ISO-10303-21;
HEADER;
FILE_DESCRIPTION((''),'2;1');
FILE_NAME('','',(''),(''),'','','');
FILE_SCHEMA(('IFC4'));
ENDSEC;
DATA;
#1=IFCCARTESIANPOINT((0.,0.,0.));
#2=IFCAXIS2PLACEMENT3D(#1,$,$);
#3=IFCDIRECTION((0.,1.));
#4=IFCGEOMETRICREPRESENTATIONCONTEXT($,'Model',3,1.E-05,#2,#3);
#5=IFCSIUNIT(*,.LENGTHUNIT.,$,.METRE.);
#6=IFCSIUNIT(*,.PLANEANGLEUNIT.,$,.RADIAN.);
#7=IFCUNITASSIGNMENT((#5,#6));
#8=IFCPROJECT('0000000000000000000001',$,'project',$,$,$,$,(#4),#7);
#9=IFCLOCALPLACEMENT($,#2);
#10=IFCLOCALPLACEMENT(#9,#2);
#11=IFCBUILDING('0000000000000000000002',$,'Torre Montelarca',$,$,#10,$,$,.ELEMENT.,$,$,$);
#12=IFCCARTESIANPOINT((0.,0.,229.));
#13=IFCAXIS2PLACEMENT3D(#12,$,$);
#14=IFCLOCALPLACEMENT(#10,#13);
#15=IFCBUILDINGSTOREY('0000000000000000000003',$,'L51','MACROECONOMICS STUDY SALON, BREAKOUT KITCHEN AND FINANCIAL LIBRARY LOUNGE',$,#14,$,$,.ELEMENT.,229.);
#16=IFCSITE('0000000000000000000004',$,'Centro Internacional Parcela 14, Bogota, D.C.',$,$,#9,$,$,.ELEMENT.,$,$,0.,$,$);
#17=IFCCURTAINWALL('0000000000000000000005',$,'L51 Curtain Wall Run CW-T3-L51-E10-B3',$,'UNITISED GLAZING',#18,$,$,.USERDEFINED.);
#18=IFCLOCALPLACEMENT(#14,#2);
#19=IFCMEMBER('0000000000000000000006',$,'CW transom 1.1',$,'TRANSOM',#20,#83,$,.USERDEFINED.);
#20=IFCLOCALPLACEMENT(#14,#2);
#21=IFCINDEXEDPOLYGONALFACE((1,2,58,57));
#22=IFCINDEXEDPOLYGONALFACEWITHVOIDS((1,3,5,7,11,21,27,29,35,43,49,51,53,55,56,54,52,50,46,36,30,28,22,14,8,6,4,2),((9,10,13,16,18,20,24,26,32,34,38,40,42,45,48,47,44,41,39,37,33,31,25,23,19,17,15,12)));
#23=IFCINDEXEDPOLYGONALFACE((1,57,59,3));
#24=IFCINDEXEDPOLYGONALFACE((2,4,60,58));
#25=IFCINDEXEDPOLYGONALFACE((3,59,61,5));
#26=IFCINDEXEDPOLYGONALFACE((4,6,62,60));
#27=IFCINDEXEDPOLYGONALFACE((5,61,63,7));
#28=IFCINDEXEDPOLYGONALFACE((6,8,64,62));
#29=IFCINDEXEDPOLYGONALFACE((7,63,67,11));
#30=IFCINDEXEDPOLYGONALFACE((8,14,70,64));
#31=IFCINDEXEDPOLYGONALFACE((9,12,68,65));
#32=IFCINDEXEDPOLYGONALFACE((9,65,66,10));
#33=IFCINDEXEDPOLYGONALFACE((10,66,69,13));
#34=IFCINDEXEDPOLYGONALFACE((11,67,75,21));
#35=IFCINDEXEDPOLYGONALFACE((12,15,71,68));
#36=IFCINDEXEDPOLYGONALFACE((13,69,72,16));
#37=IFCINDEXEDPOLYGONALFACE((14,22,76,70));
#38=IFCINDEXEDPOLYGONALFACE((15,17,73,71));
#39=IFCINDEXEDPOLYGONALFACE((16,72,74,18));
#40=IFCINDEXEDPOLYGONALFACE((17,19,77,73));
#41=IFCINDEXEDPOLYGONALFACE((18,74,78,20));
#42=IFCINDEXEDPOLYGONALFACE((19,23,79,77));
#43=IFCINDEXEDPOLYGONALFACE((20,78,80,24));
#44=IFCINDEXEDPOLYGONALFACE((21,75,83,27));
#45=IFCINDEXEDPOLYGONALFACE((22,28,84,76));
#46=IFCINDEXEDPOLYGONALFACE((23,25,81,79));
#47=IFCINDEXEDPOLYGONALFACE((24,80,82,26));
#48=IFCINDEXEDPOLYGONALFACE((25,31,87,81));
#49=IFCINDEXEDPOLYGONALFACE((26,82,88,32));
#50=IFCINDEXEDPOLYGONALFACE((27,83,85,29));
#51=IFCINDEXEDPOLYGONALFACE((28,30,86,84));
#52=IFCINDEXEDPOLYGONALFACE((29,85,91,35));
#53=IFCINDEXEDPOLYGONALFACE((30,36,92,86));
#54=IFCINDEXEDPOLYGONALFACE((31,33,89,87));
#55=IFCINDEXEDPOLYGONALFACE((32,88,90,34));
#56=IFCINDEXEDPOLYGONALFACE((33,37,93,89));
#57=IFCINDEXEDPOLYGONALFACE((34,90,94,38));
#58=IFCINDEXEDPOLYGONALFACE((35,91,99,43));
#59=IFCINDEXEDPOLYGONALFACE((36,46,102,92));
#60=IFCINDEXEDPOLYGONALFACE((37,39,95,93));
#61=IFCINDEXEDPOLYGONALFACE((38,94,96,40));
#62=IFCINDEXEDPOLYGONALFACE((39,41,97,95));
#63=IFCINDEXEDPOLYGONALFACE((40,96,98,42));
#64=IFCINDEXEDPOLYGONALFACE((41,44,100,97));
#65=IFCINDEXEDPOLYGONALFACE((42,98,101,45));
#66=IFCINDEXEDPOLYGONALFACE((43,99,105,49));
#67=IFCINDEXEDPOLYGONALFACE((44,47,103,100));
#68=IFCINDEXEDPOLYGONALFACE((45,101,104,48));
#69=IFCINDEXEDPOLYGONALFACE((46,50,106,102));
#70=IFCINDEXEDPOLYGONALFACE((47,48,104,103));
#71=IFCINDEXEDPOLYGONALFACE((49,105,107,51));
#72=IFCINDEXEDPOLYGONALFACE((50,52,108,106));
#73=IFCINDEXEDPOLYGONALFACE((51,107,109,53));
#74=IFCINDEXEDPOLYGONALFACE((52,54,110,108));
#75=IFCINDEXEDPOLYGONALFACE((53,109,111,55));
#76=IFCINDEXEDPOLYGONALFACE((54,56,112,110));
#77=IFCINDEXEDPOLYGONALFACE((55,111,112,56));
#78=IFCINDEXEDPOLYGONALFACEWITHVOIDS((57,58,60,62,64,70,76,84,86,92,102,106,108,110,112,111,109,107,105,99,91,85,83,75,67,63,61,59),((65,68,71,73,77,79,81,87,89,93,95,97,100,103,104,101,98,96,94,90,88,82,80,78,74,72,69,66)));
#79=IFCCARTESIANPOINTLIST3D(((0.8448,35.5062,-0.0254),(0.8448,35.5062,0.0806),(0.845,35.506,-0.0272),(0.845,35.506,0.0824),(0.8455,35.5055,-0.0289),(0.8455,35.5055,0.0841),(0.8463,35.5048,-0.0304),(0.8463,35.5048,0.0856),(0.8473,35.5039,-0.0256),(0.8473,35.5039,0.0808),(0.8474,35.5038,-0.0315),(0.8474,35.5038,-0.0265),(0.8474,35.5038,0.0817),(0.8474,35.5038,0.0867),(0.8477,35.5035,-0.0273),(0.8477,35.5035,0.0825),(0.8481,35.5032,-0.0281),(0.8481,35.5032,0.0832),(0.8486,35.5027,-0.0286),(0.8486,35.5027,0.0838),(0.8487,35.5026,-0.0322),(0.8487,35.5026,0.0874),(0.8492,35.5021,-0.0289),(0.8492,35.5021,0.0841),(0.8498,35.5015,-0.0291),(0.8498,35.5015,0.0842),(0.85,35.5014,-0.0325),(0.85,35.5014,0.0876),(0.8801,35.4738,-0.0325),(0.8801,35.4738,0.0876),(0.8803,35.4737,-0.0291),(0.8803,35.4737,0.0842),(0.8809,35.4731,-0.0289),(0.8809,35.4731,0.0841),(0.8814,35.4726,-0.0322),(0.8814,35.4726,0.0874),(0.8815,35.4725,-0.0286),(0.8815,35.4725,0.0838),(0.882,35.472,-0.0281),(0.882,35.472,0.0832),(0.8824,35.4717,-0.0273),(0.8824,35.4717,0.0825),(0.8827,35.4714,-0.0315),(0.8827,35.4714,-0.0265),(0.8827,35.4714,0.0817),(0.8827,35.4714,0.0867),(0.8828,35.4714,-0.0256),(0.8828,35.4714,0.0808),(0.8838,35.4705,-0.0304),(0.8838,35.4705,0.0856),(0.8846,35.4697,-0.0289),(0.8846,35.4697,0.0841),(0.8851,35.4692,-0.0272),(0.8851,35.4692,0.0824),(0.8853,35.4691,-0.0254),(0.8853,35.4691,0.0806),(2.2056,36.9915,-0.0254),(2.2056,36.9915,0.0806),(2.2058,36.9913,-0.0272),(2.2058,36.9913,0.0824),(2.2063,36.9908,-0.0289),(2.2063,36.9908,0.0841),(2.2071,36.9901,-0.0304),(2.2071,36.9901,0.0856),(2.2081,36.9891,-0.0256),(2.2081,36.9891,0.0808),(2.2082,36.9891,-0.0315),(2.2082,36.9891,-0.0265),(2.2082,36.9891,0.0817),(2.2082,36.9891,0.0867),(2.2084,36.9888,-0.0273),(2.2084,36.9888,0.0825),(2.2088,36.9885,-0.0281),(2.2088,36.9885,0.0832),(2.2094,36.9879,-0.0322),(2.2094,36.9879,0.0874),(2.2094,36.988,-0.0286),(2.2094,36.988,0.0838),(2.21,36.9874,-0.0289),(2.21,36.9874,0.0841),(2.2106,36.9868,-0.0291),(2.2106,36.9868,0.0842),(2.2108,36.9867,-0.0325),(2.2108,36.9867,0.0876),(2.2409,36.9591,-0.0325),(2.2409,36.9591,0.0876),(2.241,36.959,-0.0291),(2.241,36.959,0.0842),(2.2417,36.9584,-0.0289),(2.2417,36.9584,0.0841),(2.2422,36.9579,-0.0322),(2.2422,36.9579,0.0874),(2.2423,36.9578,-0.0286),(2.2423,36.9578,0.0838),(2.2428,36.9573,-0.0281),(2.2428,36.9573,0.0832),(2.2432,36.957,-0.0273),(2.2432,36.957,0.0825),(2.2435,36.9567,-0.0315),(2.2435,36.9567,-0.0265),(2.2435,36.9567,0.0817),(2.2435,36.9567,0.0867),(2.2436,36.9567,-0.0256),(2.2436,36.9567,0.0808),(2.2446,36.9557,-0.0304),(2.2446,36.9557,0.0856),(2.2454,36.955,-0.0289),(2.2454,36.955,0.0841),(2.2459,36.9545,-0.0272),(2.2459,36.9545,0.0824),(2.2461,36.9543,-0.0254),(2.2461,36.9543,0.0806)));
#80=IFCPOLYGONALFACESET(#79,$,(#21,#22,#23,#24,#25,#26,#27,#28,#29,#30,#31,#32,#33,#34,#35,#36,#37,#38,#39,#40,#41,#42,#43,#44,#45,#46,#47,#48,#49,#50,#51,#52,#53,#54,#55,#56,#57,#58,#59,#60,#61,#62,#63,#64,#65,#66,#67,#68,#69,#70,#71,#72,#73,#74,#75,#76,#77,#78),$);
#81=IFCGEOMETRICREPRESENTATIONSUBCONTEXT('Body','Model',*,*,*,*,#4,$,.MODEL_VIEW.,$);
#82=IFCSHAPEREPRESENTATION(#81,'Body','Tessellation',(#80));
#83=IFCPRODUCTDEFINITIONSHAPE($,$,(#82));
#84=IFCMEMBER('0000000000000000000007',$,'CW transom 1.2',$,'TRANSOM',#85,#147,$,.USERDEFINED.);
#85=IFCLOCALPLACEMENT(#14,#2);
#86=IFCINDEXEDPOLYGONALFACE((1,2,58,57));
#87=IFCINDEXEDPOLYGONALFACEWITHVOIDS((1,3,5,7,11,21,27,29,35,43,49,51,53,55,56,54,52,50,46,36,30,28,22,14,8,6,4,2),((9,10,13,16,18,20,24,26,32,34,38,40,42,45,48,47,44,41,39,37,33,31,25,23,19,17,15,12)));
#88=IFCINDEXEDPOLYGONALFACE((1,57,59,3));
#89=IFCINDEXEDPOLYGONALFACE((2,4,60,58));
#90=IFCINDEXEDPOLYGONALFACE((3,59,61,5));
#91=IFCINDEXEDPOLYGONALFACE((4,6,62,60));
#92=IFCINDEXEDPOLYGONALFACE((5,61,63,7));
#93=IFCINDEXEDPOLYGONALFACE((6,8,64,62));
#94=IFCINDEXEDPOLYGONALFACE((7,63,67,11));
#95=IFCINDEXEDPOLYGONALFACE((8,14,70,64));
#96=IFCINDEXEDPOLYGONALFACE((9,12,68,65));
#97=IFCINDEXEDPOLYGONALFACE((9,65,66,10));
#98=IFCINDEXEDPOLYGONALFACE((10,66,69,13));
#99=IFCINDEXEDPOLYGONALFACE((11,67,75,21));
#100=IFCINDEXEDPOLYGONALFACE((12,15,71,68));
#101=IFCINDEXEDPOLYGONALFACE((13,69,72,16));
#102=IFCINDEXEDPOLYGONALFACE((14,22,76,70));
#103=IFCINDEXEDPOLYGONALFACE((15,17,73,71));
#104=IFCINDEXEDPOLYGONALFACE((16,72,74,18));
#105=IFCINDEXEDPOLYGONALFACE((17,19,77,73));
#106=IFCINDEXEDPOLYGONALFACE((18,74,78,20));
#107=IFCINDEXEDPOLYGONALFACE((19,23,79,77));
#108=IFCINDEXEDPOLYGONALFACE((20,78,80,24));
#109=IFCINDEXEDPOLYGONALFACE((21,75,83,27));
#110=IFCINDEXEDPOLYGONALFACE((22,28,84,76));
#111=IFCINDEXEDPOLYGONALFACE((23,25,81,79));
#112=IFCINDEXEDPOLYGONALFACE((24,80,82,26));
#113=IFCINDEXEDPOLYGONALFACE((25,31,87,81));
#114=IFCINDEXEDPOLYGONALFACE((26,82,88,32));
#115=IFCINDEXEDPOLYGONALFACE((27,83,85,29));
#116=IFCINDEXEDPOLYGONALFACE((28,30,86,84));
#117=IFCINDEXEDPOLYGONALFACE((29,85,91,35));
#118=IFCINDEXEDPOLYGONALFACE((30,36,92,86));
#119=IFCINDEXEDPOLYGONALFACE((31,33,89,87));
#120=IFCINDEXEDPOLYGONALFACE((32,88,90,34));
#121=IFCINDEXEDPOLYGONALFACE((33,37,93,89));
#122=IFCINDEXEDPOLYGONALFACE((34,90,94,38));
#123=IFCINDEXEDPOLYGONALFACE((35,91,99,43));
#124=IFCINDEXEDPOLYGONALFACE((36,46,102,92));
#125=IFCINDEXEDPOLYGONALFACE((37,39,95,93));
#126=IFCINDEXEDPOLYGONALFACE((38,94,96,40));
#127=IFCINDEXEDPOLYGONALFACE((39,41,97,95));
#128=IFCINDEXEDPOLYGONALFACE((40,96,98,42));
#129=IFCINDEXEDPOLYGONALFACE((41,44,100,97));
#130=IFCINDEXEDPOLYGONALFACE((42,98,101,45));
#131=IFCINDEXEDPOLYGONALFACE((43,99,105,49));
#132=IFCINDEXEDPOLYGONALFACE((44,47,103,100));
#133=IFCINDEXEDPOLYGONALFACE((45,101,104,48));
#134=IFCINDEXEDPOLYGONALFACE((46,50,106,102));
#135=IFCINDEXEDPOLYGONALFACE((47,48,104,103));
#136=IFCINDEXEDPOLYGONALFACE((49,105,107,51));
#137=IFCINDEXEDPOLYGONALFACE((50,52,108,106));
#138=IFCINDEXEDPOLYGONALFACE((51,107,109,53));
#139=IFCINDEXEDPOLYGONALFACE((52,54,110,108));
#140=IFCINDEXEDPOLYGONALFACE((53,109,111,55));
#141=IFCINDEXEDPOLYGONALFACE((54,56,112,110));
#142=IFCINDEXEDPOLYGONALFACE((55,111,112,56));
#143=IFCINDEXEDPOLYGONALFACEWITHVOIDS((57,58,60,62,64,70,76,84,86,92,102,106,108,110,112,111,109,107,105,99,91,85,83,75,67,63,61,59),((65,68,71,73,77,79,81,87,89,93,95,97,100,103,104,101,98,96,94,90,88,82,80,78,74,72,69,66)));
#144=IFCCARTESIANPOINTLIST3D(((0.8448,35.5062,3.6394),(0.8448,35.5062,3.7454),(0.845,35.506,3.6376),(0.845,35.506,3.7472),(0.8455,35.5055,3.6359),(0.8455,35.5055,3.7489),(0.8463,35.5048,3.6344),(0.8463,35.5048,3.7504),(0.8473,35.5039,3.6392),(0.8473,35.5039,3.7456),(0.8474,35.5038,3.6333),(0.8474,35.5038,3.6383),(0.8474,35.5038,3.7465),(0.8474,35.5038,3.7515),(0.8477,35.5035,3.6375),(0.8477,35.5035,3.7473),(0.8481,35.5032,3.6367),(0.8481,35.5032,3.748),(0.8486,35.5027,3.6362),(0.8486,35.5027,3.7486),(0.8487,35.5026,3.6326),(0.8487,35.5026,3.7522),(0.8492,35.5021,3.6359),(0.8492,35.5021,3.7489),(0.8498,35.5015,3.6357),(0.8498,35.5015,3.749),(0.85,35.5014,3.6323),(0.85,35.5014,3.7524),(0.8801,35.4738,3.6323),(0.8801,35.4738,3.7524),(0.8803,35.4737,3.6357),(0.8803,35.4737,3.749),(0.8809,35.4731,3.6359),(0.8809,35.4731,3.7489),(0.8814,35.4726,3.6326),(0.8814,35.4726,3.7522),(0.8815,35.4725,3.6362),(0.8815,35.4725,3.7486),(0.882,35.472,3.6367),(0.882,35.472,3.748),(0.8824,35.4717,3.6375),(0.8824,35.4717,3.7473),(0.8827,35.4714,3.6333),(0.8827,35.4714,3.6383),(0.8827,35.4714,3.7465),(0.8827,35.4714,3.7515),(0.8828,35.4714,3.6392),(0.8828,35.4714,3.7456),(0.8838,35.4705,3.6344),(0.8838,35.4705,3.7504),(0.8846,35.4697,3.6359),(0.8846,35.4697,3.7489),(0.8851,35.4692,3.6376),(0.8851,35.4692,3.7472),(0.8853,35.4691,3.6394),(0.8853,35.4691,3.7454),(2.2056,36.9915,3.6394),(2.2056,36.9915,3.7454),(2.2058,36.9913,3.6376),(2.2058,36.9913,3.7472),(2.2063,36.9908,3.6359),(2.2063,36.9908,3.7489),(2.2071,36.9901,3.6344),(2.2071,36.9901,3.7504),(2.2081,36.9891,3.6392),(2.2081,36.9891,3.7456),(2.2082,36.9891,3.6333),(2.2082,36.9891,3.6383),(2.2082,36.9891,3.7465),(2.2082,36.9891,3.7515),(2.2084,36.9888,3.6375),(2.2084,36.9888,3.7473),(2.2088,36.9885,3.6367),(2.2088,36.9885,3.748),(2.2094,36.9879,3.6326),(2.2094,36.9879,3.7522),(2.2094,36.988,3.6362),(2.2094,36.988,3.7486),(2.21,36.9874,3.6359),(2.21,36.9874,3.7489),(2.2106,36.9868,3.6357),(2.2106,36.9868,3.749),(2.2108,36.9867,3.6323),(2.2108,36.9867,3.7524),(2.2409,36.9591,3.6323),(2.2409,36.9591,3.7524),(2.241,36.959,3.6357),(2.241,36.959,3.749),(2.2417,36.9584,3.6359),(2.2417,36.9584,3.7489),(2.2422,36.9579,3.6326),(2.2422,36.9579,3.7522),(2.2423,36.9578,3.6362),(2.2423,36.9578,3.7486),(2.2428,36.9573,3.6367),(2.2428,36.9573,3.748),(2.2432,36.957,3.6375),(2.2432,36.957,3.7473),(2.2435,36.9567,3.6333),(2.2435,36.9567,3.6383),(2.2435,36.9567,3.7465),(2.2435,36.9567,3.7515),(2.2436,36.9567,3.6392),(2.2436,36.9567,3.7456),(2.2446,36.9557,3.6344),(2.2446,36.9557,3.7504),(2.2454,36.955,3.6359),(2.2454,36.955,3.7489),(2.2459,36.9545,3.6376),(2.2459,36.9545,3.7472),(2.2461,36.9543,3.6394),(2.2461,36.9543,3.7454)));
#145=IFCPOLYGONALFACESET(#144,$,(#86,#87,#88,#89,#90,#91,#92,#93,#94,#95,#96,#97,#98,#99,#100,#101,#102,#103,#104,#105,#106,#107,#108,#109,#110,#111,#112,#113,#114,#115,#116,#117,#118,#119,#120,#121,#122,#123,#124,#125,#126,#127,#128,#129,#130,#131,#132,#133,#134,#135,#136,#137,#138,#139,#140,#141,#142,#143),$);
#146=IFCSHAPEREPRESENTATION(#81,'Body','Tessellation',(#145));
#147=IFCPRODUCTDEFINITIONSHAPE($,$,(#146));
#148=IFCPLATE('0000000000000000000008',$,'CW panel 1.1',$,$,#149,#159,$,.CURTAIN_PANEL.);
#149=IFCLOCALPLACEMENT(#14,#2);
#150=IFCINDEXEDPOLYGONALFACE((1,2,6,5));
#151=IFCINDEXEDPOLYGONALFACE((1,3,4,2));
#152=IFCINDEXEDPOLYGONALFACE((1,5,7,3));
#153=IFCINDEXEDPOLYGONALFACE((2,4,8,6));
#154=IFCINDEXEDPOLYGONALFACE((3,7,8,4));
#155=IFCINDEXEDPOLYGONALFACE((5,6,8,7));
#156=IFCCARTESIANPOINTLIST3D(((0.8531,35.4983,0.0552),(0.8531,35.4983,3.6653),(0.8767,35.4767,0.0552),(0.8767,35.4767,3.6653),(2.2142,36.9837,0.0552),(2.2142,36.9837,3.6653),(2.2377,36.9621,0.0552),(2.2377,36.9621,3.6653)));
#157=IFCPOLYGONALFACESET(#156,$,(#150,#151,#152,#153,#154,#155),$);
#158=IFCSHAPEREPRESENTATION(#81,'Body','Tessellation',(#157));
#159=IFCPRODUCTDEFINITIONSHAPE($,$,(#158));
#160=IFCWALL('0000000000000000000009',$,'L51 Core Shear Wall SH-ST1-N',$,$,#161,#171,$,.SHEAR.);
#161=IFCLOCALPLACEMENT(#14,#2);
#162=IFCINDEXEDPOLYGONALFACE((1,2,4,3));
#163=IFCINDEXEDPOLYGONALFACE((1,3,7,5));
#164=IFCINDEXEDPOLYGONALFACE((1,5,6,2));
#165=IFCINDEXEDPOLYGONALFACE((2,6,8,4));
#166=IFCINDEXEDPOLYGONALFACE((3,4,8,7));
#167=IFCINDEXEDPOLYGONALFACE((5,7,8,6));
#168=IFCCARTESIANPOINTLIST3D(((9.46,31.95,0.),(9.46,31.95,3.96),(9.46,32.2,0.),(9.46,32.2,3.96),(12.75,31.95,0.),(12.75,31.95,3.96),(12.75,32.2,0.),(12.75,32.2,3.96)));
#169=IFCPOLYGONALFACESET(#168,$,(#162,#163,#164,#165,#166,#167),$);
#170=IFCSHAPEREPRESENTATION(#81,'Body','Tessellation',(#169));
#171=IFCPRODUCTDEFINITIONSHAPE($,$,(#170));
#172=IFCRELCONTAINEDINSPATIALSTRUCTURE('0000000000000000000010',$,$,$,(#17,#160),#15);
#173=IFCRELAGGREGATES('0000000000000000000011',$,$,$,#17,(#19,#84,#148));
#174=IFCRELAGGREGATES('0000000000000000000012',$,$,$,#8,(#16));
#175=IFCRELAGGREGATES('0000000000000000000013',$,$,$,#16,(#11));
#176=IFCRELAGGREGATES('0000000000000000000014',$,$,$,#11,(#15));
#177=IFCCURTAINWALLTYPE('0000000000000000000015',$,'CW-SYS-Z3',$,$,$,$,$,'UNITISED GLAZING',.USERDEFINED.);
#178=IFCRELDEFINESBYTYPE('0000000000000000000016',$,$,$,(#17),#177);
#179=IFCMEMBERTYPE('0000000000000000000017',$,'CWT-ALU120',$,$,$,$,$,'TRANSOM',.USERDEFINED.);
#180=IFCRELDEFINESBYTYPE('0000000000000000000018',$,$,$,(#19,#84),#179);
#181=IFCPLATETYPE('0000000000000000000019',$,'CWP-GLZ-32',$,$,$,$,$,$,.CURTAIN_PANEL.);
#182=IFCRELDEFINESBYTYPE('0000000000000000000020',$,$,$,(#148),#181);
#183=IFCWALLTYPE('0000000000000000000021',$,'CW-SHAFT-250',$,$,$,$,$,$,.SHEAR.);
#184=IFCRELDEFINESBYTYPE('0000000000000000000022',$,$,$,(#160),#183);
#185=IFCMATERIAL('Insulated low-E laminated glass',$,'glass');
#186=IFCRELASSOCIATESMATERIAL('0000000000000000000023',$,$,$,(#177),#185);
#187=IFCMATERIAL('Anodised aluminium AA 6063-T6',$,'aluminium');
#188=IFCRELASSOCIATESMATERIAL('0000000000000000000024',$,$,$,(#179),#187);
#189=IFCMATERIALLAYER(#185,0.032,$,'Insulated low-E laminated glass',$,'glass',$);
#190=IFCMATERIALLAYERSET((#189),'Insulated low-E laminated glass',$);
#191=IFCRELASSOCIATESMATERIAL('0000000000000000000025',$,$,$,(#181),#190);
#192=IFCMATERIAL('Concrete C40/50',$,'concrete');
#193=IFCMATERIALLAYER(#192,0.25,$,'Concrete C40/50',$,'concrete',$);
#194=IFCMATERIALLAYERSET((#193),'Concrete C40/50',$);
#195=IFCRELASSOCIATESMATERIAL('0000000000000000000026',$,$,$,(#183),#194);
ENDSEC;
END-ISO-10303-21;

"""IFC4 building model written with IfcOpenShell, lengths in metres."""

from ifc_helpers import new_model, si_unit, direction, frame, frame_2d, origin, origin_2d, place, context, subcontext, project, spatial, rectangle, hollow_rectangle, extrude, source, transform, mapped, material, layer, layer_set, material_profile, profile_set, type_object, element, aggregate, save


model = new_model("IFC4")

# Units and contexts
model_context = context("Model", 3, precision=1e-05, world=origin(), true_north=direction((0.0, 1.0)))
body_context = subcontext(model_context, "Body", "Model", "MODEL_VIEW")
ifc_project = project(units=[si_unit("LENGTHUNIT", "METRE"), si_unit("PLANEANGLEUNIT", "RADIAN")], contexts=[model_context])

# Site, building, storey
site_placement = place(None, origin())
site = spatial("IfcSite", under=ifc_project, at=site_placement, Name="Centro Internacional Parcela 14, Bogota, D.C.", CompositionType="ELEMENT", RefElevation=0.0)
building_placement = place(site_placement, origin())
building = spatial("IfcBuilding", under=site, at=building_placement, Name="Torre Montelarca", CompositionType="ELEMENT")
storey_placement = place(building_placement, frame((0.0, 0.0, 229.0)))
storey = spatial("IfcBuildingStorey", under=building, at=storey_placement, Name="L51", Description="MACROECONOMICS STUDY SALON, BREAKOUT KITCHEN AND FINANCIAL LIBRARY LOUNGE", CompositionType="ELEMENT", Elevation=229.0)

# Curtain wall, members, plate
ifc_material_1 = material(Name="Insulated low-E laminated glass", Category="glass")
curtain_wall_type = type_object("IfcCurtainWallType", Name="CW-SYS-Z3", ElementType="UNITISED GLAZING", PredefinedType="USERDEFINED", material=ifc_material_1)
curtain_wall_placement = place(storey_placement, origin())
curtain_wall = element("IfcCurtainWall", 1, at=curtain_wall_placement, inside=storey, type_object=curtain_wall_type, Name="L51 Curtain Wall Run CW-T3-L51-E10-B3", ObjectType="UNITISED GLAZING", PredefinedType="USERDEFINED")
ifc_material_2 = material(Name="Anodised aluminium AA 6063-T6", Category="aluminium")
ifc_material_profile_1 = material_profile(ifc_material_2, hollow_rectangle(XDim=0.0549, YDim=0.1201, WallThickness=0.0034, InnerFilletRadius=0.0034, OuterFilletRadius=0.0071, at=origin_2d()), Name="ALU55X120X3.5", Category="aluminium")
ifc_profile_set_1 = profile_set([ifc_material_profile_1], Name="Anodised aluminium AA 6063-T6")
member_type_1 = type_object("IfcMemberType", Name="CWT-ALU120", ElementType="TRANSOM", PredefinedType="USERDEFINED", material=ifc_profile_set_1)
shared_shape_1 = source(origin(), body_context, "Body", "SweptSolid", [
    extrude(hollow_rectangle(XDim=0.0549, YDim=0.1201, WallThickness=0.0034, InnerFilletRadius=0.0034, OuterFilletRadius=0.0071, at=origin_2d()), origin(), (0.0, 0.0, 1.0), 2.0144),
])
member_1_placement = place(storey_placement, frame((2.2258, 36.9729, 0.0276), z_axis=(-0.675527, -0.737335, 0.0), x_axis=(0.737335, -0.675527, 0.0)))
member_1 = element("IfcMember", 2, at=member_1_placement, type_object=member_type_1, Name="CW transom 1.1", ObjectType="TRANSOM", PredefinedType="USERDEFINED", context=body_context, shape_type="MappedRepresentation", body=[
    mapped(shared_shape_1, transform((0.0, 0.0, 0.0), scale=1.0)),
])
member_2_placement = place(storey_placement, frame((2.2258, 36.9729, 3.6924), z_axis=(-0.675527, -0.737335, 0.0), x_axis=(0.737335, -0.675527, 0.0)))
member_2 = element("IfcMember", 3, at=member_2_placement, type_object=member_type_1, Name="CW transom 1.2", ObjectType="TRANSOM", PredefinedType="USERDEFINED", context=body_context, shape_type="MappedRepresentation", body=[
    mapped(shared_shape_1, transform((0.0, 0.0, 0.0), scale=1.0)),
])
ifc_layer_1 = layer(ifc_material_1, 0.032, Name="Insulated low-E laminated glass", Category="glass")
ifc_layer_set_1 = layer_set([ifc_layer_1], Name="Insulated low-E laminated glass")
plate_type = type_object("IfcPlateType", Name="CWP-GLZ-32", PredefinedType="CURTAIN_PANEL", material=ifc_layer_set_1)
shared_shape_2 = source(origin(), body_context, "Body", "SweptSolid", [
    extrude(rectangle(XDim=2.0146, YDim=0.032, at=origin_2d()), origin(), (0.0, 0.0, 1.0), 3.6101),
])
plate_placement = place(storey_placement, frame((1.5454, 36.2302, 0.0552), z_axis=(0.0, 0.0, 1.0), x_axis=(-0.675582, -0.737285, 0.0)))
plate = element("IfcPlate", 4, at=plate_placement, type_object=plate_type, Name="CW panel 1.1", PredefinedType="CURTAIN_PANEL", context=body_context, shape_type="MappedRepresentation", body=[
    mapped(shared_shape_2, transform((0.0, 0.0, 0.0), scale=1.0)),
])
aggregate(curtain_wall, [member_1, member_2, plate])

# Wall
ifc_material_3 = material(Name="Concrete C40/50", Category="concrete")
ifc_layer_2 = layer(ifc_material_3, 0.25, Name="Concrete C40/50", Category="concrete")
ifc_layer_set_2 = layer_set([ifc_layer_2], Name="Concrete C40/50")
wall_type_1 = type_object("IfcWallType", Name="CW-SHAFT-250", PredefinedType="SHEAR", material=ifc_layer_set_2)
wall_1_placement = place(storey_placement, frame((9.46, 32.075, 0.0), z_axis=(0.0, 0.0, 1.0), x_axis=(1.0, 0.0, 0.0)))
element("IfcWall", 5, at=wall_1_placement, inside=storey, type_object=wall_type_1, Name="L51 Core Shear Wall SH-ST1-N", PredefinedType="SHEAR", context=body_context, shape_type="SweptSolid", body=[
    extrude(rectangle(XDim=3.29, YDim=0.25, at=frame_2d((1.645, 0.0))), origin(), (0.0, 0.0, 1.0), 3.96),
])

save(model, "model.ifc")
